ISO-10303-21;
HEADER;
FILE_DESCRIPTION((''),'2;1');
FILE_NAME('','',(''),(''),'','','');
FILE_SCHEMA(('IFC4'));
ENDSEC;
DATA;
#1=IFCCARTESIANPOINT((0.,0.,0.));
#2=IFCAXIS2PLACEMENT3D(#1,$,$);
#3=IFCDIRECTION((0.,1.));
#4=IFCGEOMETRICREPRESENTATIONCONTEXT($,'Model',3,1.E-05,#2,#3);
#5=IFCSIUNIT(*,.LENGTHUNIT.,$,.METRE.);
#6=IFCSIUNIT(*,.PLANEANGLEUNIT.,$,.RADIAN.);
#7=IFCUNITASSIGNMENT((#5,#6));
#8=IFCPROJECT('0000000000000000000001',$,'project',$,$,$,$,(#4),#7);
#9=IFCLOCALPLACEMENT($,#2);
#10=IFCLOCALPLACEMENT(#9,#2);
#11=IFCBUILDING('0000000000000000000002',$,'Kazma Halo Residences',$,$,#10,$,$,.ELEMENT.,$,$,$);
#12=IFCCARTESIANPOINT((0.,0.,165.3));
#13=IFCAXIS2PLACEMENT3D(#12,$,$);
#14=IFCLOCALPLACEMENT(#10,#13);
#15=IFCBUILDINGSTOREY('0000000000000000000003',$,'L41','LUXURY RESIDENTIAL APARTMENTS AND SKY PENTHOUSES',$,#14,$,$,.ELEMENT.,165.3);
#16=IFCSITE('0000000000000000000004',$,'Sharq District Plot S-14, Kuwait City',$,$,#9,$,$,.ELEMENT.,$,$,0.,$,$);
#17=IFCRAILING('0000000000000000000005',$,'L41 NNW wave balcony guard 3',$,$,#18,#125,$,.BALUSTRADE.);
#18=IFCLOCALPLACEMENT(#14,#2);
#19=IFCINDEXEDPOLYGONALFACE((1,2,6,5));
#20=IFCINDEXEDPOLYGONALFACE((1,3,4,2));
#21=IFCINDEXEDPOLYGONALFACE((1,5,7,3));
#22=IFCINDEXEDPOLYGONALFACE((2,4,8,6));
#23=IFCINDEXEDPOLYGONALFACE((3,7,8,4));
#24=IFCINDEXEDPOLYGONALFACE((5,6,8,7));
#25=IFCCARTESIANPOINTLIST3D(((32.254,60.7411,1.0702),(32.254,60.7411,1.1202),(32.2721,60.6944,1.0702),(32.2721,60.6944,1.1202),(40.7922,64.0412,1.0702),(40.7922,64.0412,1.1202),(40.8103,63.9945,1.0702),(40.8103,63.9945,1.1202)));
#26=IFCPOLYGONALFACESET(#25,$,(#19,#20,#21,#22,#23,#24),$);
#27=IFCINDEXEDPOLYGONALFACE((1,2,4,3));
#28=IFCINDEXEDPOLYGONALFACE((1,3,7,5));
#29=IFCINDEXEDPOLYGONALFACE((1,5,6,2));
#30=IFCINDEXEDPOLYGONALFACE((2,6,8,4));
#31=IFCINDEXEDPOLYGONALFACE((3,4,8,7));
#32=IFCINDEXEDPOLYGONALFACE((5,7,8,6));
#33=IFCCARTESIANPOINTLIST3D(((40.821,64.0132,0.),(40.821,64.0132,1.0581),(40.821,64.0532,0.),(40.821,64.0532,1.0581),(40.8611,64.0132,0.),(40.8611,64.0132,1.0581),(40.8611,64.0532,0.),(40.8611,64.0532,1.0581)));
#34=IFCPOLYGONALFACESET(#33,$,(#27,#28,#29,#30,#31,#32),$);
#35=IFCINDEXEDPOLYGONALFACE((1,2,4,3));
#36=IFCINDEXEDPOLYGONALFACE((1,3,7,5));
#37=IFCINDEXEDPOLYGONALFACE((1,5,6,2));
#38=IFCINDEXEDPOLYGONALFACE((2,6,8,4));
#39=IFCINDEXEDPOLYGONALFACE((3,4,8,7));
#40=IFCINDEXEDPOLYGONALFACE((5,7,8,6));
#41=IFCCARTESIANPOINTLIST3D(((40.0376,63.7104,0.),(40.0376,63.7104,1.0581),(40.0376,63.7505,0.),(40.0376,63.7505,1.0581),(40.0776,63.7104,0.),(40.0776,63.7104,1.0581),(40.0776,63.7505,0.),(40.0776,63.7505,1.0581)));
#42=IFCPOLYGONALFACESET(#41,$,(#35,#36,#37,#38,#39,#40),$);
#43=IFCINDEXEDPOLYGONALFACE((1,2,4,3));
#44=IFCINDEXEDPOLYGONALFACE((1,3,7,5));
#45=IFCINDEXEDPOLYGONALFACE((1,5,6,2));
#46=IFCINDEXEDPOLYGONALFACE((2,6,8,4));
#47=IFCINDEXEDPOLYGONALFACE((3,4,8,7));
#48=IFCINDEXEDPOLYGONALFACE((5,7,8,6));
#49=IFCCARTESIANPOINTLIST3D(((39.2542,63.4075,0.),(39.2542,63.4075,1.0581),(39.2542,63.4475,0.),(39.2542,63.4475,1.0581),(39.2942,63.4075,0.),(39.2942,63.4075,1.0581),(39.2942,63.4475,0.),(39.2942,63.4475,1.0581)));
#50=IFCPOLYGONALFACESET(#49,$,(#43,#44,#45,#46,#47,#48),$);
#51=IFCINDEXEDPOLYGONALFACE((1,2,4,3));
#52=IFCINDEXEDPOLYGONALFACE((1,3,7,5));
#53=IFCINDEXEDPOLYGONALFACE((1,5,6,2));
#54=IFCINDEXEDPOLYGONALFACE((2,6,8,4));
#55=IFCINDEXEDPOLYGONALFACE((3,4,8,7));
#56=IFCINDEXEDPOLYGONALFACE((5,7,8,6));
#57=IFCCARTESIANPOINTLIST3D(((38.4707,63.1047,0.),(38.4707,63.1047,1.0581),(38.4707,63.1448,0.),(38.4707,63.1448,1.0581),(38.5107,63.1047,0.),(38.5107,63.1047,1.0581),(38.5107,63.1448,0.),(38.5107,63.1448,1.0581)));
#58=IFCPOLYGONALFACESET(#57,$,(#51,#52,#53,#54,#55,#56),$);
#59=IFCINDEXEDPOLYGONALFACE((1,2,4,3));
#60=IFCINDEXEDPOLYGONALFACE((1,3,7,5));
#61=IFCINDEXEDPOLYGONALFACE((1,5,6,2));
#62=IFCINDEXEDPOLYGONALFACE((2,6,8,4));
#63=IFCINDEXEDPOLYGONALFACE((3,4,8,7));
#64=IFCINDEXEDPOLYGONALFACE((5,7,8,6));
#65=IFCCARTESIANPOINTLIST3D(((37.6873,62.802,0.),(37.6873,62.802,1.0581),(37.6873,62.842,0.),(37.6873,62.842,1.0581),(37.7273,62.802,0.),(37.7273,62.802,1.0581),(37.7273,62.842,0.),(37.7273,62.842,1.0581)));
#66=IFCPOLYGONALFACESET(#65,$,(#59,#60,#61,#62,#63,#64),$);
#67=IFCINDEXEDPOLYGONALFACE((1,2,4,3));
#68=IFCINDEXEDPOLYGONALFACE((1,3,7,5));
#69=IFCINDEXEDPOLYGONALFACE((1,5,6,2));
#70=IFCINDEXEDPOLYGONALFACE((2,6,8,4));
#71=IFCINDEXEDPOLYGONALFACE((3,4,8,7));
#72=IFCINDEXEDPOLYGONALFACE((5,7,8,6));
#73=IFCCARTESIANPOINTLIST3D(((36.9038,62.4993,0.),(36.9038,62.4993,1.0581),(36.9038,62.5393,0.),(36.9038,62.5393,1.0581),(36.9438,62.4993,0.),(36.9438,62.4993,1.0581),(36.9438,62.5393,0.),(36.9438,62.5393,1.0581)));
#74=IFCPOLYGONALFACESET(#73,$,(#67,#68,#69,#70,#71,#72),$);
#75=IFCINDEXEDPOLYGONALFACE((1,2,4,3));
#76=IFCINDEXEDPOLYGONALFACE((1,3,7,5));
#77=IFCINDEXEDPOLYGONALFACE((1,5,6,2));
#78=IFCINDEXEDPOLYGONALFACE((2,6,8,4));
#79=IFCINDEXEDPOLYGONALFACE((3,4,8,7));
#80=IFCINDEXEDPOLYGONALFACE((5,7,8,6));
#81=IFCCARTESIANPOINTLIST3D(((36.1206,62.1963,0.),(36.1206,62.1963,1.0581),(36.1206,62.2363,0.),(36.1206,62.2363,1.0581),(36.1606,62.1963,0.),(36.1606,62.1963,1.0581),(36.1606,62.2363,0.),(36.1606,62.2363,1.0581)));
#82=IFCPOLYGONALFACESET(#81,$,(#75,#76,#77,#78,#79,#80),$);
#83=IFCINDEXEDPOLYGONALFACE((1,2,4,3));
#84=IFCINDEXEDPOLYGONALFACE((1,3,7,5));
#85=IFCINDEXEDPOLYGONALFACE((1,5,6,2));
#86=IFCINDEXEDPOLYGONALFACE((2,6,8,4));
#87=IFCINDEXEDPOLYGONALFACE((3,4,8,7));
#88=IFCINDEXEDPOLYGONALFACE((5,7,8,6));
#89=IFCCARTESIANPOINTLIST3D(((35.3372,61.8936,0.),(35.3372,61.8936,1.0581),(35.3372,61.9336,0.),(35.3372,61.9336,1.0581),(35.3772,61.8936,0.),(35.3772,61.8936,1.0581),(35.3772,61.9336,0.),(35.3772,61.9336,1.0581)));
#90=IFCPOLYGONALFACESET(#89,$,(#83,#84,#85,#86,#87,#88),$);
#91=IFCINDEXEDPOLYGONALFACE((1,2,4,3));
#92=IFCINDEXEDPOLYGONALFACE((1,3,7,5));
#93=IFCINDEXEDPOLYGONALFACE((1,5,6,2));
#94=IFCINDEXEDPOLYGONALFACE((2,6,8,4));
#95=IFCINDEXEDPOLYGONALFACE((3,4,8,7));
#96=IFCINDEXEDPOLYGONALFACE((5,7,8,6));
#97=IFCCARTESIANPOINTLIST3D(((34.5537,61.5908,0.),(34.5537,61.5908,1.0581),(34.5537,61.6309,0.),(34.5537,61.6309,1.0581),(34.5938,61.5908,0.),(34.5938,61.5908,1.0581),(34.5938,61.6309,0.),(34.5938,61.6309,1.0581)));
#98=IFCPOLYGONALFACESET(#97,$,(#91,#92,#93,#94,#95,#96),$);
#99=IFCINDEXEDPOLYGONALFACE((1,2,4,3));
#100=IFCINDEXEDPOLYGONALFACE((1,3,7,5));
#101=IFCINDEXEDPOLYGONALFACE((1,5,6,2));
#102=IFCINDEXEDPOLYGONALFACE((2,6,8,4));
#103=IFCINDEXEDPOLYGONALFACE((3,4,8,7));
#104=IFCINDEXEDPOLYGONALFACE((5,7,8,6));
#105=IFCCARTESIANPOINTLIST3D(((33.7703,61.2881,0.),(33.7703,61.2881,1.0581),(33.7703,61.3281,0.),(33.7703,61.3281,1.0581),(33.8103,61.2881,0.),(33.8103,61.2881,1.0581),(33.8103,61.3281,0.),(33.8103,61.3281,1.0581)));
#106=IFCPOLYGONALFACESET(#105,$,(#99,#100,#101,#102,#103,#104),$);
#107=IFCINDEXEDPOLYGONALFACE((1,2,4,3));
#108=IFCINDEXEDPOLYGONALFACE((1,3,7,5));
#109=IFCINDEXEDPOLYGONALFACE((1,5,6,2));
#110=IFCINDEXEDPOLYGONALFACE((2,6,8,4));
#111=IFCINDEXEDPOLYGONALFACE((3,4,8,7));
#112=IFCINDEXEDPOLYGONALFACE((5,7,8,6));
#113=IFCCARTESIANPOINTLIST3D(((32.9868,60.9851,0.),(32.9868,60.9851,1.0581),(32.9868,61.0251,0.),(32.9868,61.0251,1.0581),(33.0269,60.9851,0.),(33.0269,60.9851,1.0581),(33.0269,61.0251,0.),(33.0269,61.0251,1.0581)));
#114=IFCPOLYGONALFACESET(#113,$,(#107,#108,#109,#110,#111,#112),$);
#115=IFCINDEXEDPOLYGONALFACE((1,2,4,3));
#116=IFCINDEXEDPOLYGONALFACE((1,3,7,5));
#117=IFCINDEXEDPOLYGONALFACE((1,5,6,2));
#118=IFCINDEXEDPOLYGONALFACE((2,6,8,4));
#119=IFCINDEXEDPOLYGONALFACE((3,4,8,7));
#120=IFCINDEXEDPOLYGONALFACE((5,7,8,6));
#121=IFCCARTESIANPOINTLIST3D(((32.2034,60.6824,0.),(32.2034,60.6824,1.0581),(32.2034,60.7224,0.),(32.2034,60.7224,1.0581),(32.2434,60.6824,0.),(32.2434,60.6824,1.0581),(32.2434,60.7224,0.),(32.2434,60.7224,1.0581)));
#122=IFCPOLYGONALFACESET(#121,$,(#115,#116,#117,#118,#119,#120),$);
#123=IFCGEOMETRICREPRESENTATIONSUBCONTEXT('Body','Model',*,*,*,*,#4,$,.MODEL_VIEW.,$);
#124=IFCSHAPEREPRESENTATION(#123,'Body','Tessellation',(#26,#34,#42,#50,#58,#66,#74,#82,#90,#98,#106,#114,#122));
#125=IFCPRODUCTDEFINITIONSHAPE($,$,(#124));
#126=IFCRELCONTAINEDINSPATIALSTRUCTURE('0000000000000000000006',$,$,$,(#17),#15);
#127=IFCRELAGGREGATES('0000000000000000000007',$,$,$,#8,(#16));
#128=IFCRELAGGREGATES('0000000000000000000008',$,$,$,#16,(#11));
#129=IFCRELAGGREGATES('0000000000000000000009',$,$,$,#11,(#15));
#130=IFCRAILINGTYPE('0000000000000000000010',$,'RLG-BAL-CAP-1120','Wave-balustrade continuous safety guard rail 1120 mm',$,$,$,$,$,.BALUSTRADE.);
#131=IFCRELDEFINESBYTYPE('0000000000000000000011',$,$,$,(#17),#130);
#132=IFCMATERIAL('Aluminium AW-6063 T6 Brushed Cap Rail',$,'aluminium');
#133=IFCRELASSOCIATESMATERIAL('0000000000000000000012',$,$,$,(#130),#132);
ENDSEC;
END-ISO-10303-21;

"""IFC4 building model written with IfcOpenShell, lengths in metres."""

from ifc_helpers import new_model, si_unit, direction, frame, origin, origin_2d, place, context, subcontext, project, spatial, rectangle, extrude, material, type_object, element, save


model = new_model("IFC4")

# Units and contexts
model_context = context("Model", 3, precision=1e-05, world=origin(), true_north=direction((0.0, 1.0)))
body_context = subcontext(model_context, "Body", "Model", "MODEL_VIEW")
ifc_project = project(units=[si_unit("LENGTHUNIT", "METRE"), si_unit("PLANEANGLEUNIT", "RADIAN")], contexts=[model_context])

# Site, building, storey
site_placement = place(None, origin())
site = spatial("IfcSite", under=ifc_project, at=site_placement, Name="Sharq District Plot S-14, Kuwait City", CompositionType="ELEMENT", RefElevation=0.0)
building_placement = place(site_placement, origin())
building = spatial("IfcBuilding", under=site, at=building_placement, Name="Kazma Halo Residences", CompositionType="ELEMENT")
storey_placement = place(building_placement, frame((0.0, 0.0, 165.3)))
storey = spatial("IfcBuildingStorey", under=building, at=storey_placement, Name="L41", Description="LUXURY RESIDENTIAL APARTMENTS AND SKY PENTHOUSES", CompositionType="ELEMENT", Elevation=165.3)

# Railing
ifc_material_1 = material(Name="Aluminium AW-6063 T6 Brushed Cap Rail", Category="aluminium")
railing_type = type_object("IfcRailingType", Name="RLG-BAL-CAP-1120", Description="Wave-balustrade continuous safety guard rail 1120 mm", PredefinedType="BALUSTRADE", material=ifc_material_1)
railing_placement = place(storey_placement, frame((40.8411, 64.0332, 0.0)))
element("IfcRailing", 1, at=railing_placement, inside=storey, type_object=railing_type, Name="L41 NNW wave balcony guard 3", PredefinedType="BALUSTRADE", context=body_context, shape_type="SweptSolid", body=[
    extrude(rectangle(XDim=0.05, YDim=0.05, at=origin_2d()), frame((-0.0398, -0.0154, 1.0952), z_axis=(-0.932752, -0.360517, 0.0), x_axis=(0.360517, -0.932752, 0.0)), (0.0, 0.0, 1.0), 9.1538),
    extrude(rectangle(XDim=0.04, YDim=0.04, at=origin_2d()), origin(), (0.0, 0.0, 1.0), 1.0581),
    extrude(rectangle(XDim=0.04, YDim=0.04, at=origin_2d()), frame((-0.7834, -0.3027, 0.0)), (0.0, 0.0, 1.0), 1.0581),
    extrude(rectangle(XDim=0.04, YDim=0.04, at=origin_2d()), frame((-1.5669, -0.6057, 0.0)), (0.0, 0.0, 1.0), 1.0581),
    extrude(rectangle(XDim=0.04, YDim=0.04, at=origin_2d()), frame((-2.3503, -0.9084, 0.0)), (0.0, 0.0, 1.0), 1.0581),
    extrude(rectangle(XDim=0.04, YDim=0.04, at=origin_2d()), frame((-3.1338, -1.2112, 0.0)), (0.0, 0.0, 1.0), 1.0581),
    extrude(rectangle(XDim=0.04, YDim=0.04, at=origin_2d()), frame((-3.9172, -1.5139, 0.0)), (0.0, 0.0, 1.0), 1.0581),
    extrude(rectangle(XDim=0.04, YDim=0.04, at=origin_2d()), frame((-4.7004, -1.8169, 0.0)), (0.0, 0.0, 1.0), 1.0581),
    extrude(rectangle(XDim=0.04, YDim=0.04, at=origin_2d()), frame((-5.4839, -2.1196, 0.0)), (0.0, 0.0, 1.0), 1.0581),
    extrude(rectangle(XDim=0.04, YDim=0.04, at=origin_2d()), frame((-6.2673, -2.4224, 0.0)), (0.0, 0.0, 1.0), 1.0581),
    extrude(rectangle(XDim=0.04, YDim=0.04, at=origin_2d()), frame((-7.0508, -2.7251, 0.0)), (0.0, 0.0, 1.0), 1.0581),
    extrude(rectangle(XDim=0.04, YDim=0.04, at=origin_2d()), frame((-7.8342, -3.0281, 0.0)), (0.0, 0.0, 1.0), 1.0581),
    extrude(rectangle(XDim=0.04, YDim=0.04, at=origin_2d()), frame((-8.6177, -3.3308, 0.0)), (0.0, 0.0, 1.0), 1.0581),
])

save(model, "model.ifc")
